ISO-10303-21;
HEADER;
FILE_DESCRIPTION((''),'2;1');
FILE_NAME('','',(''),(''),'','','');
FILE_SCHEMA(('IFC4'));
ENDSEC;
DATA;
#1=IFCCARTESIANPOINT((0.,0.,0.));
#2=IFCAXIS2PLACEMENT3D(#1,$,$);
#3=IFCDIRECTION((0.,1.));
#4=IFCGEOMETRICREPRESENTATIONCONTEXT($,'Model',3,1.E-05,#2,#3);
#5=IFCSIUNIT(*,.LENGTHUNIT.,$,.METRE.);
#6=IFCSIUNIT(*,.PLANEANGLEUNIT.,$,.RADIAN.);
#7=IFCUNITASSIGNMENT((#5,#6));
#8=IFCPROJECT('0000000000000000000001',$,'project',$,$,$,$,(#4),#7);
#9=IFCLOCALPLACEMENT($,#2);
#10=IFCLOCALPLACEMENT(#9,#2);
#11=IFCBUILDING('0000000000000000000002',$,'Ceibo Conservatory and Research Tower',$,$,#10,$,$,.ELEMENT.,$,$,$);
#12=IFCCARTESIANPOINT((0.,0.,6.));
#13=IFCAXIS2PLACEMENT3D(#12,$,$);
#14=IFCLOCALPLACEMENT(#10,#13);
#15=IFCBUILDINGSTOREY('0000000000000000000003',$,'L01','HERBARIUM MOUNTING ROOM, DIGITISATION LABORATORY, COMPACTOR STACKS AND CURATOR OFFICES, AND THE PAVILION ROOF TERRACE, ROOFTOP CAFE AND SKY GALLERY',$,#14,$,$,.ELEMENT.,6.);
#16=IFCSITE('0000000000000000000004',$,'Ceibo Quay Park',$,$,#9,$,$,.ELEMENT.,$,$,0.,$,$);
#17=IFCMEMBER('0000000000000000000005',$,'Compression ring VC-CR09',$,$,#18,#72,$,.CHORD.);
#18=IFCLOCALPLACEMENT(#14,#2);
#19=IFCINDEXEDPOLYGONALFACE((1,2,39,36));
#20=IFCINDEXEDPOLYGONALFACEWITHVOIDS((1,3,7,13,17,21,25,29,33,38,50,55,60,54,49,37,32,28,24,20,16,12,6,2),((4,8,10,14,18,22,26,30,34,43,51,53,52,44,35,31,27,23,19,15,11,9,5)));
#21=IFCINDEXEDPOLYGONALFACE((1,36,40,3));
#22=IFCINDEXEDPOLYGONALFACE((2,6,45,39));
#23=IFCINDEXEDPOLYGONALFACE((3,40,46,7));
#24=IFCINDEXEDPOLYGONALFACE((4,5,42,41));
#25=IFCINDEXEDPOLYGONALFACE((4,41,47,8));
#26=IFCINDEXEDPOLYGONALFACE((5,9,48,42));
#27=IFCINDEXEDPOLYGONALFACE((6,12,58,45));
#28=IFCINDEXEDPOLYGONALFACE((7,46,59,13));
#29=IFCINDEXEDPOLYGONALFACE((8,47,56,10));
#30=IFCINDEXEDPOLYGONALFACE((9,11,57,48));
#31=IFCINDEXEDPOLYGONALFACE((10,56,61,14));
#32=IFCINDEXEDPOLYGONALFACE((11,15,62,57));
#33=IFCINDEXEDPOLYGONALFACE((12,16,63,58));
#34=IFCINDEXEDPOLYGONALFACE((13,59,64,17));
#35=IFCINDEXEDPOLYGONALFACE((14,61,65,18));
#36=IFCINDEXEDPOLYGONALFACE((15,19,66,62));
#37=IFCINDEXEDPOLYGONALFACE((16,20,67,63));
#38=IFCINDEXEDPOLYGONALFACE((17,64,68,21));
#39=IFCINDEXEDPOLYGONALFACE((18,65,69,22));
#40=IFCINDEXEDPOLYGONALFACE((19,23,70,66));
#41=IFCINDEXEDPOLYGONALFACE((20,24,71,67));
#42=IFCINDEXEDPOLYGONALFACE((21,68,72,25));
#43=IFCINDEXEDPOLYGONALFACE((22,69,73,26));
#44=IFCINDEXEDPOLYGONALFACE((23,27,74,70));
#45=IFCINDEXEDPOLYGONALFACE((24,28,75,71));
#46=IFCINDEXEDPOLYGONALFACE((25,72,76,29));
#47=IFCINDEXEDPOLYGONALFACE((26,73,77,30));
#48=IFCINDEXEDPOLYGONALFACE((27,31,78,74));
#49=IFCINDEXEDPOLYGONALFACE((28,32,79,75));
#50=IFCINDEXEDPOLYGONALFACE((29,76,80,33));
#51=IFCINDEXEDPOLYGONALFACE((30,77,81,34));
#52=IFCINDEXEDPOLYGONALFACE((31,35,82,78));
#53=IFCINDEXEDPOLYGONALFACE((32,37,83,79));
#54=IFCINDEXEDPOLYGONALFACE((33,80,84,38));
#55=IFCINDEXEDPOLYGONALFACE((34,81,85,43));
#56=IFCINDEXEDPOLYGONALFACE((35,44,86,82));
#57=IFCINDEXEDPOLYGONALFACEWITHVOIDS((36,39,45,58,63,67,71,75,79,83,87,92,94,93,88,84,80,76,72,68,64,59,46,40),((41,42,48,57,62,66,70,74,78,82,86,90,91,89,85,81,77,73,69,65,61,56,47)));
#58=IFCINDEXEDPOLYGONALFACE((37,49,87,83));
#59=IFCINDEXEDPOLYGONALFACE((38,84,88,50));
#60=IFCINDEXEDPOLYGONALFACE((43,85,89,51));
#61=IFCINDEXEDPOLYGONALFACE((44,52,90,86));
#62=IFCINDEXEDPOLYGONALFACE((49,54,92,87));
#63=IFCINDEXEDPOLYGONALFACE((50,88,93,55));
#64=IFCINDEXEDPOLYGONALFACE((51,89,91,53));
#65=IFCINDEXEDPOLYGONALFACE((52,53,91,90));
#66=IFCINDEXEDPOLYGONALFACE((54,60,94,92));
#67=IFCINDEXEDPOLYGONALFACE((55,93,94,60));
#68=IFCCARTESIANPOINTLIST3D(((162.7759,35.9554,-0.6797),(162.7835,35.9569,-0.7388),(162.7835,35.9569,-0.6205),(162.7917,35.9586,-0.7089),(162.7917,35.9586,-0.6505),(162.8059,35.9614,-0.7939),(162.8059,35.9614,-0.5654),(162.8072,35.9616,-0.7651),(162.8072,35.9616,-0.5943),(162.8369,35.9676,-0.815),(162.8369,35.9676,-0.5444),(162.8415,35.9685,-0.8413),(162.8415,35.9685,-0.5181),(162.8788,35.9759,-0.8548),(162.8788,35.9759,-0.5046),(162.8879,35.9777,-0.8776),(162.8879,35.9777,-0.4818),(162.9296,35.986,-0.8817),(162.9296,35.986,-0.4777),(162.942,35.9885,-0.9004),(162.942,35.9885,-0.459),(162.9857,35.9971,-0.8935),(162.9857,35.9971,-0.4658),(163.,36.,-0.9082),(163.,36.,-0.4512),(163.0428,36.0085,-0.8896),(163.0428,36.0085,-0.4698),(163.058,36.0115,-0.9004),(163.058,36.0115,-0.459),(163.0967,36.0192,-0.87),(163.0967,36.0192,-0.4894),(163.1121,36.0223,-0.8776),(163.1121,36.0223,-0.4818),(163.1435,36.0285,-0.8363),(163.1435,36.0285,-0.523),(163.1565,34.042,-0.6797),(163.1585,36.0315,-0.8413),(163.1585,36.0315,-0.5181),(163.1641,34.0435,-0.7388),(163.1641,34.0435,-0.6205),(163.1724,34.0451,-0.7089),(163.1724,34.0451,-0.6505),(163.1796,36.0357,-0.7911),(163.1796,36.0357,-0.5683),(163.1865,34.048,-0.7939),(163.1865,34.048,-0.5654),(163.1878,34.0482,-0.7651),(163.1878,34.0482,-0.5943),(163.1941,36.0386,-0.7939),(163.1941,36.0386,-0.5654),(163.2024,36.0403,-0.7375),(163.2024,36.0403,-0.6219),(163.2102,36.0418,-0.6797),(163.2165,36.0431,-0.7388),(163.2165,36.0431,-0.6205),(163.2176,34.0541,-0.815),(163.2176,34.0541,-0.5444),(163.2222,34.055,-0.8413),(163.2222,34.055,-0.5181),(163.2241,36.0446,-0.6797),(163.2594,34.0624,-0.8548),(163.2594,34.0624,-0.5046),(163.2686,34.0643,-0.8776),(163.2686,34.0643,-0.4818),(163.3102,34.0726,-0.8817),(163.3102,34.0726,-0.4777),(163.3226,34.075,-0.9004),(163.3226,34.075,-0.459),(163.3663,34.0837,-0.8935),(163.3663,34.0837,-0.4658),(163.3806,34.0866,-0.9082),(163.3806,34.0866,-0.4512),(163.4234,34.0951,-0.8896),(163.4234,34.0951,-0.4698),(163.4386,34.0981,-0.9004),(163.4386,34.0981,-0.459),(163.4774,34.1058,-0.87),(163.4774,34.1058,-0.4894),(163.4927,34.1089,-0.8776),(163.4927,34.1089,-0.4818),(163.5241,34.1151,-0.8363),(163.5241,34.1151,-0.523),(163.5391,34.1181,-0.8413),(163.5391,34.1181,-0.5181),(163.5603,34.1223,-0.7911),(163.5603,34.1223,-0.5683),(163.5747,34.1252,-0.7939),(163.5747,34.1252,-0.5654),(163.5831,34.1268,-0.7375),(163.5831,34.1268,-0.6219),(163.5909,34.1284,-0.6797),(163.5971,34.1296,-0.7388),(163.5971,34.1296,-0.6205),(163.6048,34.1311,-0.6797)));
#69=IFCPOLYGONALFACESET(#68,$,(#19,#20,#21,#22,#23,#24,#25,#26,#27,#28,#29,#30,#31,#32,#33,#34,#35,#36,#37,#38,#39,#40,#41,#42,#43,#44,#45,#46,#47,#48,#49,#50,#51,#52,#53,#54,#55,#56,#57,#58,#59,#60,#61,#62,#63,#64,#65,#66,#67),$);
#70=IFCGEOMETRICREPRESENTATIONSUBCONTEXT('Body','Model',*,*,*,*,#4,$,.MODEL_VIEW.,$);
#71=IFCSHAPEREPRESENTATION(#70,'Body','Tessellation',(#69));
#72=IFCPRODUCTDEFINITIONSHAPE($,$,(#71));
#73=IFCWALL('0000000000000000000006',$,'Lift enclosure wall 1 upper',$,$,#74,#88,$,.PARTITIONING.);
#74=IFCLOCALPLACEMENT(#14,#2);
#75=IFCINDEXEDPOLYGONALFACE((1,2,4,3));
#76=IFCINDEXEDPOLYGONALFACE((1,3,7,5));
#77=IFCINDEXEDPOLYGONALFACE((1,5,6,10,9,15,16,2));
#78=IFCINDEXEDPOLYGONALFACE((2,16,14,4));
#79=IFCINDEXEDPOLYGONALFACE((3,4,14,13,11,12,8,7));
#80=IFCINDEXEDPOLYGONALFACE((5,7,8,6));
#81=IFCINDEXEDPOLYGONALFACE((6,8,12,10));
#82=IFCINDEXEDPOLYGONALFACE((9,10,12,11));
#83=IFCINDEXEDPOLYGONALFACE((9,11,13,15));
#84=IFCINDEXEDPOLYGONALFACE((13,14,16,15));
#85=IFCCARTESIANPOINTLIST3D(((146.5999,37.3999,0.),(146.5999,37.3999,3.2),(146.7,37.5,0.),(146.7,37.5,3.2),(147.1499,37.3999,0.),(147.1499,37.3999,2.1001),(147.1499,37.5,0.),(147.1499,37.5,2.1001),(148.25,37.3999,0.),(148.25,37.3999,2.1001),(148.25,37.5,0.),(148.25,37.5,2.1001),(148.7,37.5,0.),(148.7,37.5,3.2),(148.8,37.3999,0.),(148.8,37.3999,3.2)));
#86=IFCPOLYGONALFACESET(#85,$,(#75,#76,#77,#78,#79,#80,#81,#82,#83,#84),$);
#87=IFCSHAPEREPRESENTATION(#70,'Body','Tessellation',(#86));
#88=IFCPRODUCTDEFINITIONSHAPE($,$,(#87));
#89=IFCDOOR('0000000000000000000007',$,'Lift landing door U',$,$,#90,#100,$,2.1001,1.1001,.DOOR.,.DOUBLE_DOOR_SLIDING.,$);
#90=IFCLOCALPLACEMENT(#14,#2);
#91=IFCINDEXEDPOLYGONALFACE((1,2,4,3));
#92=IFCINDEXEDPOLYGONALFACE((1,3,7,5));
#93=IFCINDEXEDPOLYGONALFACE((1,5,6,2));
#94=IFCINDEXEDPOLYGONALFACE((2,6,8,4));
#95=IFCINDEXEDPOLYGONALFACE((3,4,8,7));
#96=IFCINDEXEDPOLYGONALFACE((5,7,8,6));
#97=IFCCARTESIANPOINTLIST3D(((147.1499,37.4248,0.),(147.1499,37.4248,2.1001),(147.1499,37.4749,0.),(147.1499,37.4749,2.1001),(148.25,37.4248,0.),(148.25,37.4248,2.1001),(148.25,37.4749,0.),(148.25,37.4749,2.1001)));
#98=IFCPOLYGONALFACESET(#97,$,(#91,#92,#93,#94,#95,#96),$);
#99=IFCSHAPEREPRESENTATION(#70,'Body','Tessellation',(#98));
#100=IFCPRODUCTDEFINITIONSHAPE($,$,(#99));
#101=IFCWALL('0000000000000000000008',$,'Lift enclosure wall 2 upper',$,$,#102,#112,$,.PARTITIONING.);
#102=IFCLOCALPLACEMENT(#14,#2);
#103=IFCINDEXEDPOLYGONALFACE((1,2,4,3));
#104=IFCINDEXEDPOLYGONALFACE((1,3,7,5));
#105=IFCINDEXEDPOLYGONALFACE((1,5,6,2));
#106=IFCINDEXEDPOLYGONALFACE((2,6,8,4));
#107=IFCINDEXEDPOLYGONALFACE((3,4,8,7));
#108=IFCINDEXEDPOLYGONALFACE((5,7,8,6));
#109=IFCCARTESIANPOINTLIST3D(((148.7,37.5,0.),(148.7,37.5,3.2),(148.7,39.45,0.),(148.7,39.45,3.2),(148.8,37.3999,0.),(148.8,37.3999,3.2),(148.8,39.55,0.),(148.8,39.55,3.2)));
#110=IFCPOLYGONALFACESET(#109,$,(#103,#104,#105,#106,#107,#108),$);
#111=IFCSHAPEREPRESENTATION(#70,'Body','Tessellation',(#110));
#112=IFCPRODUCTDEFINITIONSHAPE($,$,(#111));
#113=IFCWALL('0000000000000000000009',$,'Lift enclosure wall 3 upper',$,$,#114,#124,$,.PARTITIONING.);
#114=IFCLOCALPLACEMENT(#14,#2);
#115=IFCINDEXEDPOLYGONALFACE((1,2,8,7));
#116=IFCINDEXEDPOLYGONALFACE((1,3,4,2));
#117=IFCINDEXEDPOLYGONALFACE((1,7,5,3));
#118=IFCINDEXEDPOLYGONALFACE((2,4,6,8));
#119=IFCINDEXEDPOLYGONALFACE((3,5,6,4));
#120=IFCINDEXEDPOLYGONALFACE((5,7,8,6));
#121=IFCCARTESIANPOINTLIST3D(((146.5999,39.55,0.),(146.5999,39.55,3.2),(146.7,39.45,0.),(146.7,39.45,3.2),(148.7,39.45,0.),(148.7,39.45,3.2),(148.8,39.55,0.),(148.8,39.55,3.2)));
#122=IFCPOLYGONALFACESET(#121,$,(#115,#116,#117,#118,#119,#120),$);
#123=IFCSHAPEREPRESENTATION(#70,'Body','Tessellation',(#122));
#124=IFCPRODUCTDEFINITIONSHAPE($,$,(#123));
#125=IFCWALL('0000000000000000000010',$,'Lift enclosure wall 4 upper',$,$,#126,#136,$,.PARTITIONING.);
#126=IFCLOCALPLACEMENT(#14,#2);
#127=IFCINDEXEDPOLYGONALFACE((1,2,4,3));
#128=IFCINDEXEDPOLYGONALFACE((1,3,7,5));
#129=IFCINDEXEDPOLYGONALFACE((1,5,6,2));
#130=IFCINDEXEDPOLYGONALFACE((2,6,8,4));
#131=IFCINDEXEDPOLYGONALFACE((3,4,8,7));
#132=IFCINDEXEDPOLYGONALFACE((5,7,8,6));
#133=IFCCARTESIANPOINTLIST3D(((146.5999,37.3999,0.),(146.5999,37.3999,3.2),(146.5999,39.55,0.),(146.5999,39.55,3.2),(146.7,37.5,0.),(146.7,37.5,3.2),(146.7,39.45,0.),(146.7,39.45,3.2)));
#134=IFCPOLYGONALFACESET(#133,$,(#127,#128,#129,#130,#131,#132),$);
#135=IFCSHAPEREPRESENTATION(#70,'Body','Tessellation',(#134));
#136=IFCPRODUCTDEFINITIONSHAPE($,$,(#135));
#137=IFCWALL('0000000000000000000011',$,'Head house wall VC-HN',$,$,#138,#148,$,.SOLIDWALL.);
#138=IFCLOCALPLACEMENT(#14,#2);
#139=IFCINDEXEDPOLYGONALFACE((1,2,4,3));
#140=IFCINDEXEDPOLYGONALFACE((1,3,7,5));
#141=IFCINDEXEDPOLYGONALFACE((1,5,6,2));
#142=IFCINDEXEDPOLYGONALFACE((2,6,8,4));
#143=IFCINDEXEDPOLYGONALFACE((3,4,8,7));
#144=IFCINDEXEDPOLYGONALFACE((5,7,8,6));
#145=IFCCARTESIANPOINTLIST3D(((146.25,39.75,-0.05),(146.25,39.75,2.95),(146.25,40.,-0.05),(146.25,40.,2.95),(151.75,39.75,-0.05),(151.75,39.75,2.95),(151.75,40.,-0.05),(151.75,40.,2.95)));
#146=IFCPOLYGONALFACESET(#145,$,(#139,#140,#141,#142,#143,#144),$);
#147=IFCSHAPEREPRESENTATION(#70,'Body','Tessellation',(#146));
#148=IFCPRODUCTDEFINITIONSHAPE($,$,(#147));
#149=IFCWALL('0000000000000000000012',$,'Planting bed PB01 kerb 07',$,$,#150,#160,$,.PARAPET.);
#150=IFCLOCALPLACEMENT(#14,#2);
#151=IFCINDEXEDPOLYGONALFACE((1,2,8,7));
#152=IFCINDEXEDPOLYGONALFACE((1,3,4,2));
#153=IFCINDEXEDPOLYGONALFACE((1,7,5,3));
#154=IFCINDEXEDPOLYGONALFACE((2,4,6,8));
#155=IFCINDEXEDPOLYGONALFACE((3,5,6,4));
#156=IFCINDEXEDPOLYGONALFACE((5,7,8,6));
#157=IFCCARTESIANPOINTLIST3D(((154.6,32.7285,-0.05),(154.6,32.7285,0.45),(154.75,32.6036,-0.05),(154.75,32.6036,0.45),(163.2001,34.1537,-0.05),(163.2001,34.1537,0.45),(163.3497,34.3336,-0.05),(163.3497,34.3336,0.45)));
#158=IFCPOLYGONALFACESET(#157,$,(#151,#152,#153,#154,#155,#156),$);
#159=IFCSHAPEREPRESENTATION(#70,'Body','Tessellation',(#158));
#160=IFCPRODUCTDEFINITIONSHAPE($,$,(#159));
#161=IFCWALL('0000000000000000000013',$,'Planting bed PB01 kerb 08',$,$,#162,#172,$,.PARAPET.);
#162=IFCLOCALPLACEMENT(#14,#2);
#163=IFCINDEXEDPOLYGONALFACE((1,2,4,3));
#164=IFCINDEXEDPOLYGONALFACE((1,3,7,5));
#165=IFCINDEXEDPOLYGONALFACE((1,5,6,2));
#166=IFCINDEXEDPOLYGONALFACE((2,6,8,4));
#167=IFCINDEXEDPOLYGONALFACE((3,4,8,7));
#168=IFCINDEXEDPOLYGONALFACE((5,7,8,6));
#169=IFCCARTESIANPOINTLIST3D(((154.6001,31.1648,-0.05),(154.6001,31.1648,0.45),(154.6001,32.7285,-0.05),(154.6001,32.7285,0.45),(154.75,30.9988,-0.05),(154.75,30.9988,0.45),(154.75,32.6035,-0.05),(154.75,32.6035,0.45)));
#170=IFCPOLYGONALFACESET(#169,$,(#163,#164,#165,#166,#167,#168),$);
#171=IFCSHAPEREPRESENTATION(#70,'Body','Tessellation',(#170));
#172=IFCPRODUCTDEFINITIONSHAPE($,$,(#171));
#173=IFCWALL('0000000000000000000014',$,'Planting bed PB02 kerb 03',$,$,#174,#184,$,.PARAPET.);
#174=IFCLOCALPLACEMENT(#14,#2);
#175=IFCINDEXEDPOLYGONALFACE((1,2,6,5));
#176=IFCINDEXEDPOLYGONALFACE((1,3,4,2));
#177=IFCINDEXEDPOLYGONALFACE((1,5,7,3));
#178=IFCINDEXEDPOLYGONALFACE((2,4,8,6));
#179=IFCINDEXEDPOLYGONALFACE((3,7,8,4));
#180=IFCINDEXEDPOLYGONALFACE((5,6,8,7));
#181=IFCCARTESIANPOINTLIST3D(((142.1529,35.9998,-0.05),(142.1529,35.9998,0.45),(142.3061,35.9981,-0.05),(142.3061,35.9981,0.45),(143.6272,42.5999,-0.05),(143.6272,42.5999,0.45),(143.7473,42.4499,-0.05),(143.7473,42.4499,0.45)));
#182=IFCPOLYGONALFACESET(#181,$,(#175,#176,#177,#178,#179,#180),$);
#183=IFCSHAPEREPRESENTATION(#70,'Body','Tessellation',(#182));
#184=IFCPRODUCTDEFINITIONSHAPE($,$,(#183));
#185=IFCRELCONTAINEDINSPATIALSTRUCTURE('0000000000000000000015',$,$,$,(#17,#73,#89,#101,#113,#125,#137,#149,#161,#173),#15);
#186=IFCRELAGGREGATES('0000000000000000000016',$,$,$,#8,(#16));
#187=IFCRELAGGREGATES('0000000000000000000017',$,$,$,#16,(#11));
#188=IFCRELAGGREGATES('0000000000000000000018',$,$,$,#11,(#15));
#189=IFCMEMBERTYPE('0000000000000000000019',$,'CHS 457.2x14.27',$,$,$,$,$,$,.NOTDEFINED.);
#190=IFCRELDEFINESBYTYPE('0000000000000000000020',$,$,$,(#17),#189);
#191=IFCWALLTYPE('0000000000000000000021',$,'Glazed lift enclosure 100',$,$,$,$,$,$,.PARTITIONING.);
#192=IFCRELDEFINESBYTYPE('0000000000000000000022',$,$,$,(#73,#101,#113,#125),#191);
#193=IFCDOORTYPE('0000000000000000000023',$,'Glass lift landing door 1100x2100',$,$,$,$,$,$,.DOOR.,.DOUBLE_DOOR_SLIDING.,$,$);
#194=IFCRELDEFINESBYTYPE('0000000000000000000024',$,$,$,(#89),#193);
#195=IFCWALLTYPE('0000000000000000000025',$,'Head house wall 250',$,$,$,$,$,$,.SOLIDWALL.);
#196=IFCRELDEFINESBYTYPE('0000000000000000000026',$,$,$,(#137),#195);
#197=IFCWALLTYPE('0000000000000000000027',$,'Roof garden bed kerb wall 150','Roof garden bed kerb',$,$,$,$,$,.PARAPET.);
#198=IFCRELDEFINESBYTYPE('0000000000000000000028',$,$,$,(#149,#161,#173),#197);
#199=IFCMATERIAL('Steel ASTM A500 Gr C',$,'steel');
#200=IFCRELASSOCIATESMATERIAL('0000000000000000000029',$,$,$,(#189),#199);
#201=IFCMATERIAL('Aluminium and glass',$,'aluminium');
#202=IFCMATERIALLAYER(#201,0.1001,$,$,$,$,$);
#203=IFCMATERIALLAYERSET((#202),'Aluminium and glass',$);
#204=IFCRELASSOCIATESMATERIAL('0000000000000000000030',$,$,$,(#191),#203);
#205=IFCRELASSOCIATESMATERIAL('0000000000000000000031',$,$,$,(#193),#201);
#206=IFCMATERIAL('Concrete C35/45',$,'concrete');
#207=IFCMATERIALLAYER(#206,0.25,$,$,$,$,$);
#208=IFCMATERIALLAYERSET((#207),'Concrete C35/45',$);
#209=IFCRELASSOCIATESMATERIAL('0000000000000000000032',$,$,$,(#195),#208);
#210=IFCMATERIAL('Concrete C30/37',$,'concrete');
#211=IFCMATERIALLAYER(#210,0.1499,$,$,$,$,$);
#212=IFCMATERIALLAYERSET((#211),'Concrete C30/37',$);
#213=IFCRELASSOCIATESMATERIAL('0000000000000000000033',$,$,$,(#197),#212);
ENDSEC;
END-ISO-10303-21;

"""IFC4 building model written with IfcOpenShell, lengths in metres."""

from ifc_helpers import new_model, si_unit, direction, frame, frame_2d, origin, origin_2d, place, context, subcontext, project, spatial, polyline, rectangle, hollow_circle, outline, extrude, material, layer, layer_set, material_profile, profile_set, type_object, element, fill, save


model = new_model("IFC4")

# Units and contexts
model_context = context("Model", 3, precision=1e-05, world=origin(), true_north=direction((0.0, 1.0)))
body_context = subcontext(model_context, "Body", "Model", "MODEL_VIEW")
ifc_project = project(units=[si_unit("LENGTHUNIT", "METRE"), si_unit("PLANEANGLEUNIT", "RADIAN")], contexts=[model_context])

# Site, building, storey
site_placement = place(None, origin())
site = spatial("IfcSite", under=ifc_project, at=site_placement, Name="Ceibo Quay Park", CompositionType="ELEMENT", RefElevation=0.0)
building_placement = place(site_placement, origin())
building = spatial("IfcBuilding", under=site, at=building_placement, Name="Ceibo Conservatory and Research Tower", CompositionType="ELEMENT")
storey_placement = place(building_placement, frame((0.0, 0.0, 6.0)))
storey = spatial("IfcBuildingStorey", under=building, at=storey_placement, Name="L01", Description="HERBARIUM MOUNTING ROOM, DIGITISATION LABORATORY, COMPACTOR STACKS AND CURATOR OFFICES, AND THE PAVILION ROOF TERRACE, ROOFTOP CAFE AND SKY GALLERY", CompositionType="ELEMENT", Elevation=6.0)

# Member
ifc_material_1 = material(Name="Steel ASTM A500 Gr C", Category="steel")
ifc_material_profile = material_profile(ifc_material_1, hollow_circle(Radius=0.2285, WallThickness=0.0142, at=origin_2d()), Name="CHS 457.2x14.27")
ifc_profile_set = profile_set([ifc_material_profile], Name="Steel ASTM A500 Gr C")
member_type = type_object("IfcMemberType", Name="CHS 457.2x14.27", PredefinedType="NOTDEFINED", material=ifc_profile_set)
member_placement = place(storey_placement, frame((163.0, 36.0, -0.6797), z_axis=(0.195105, -0.980782, 0.0), x_axis=(0.980782, 0.195105, 0.0)))
element("IfcMember", 1, at=member_placement, inside=storey, type_object=member_type, Name="Compression ring VC-CR09", PredefinedType="CHORD", context=body_context, shape_type="SweptSolid", body=[
    extrude(hollow_circle(Radius=0.2285, WallThickness=0.0142, at=origin_2d()), origin(), (0.0, 0.0, 1.0), 1.9509),
])

# Wall, opening, door
ifc_material_2 = material(Name="Aluminium and glass", Category="aluminium")
ifc_layer_1 = layer(ifc_material_2, 0.1001)
ifc_layer_set_1 = layer_set([ifc_layer_1], Name="Aluminium and glass")
wall_type_1 = type_object("IfcWallType", Name="Glazed lift enclosure 100", PredefinedType="PARTITIONING", material=ifc_layer_set_1)
wall_1_placement = place(storey_placement, frame((146.6499, 37.45, 0.0), z_axis=(0.0, 0.0, 1.0), x_axis=(1.0, 0.0, 0.0)))
wall_1 = element("IfcWall", 2, at=wall_1_placement, inside=storey, type_object=wall_type_1, Name="Lift enclosure wall 1 upper", PredefinedType="PARTITIONING", context=body_context, shape_type="SweptSolid", body=[
    extrude(outline(polyline([(-0.05, -0.05), (2.1501, -0.05), (2.05, 0.05), (0.05, 0.05), (-0.05, -0.05)])), origin(), (0.0, 0.0, 1.0), 3.2),
])
opening_placement = place(wall_1_placement, frame((0.5, 0.0, 0.0)))
opening = element("IfcOpeningElement", 3, at=opening_placement, cuts=wall_1, PredefinedType="OPENING", context=body_context, shape_type="SweptSolid", body=[
    extrude(rectangle(XDim=1.1001, YDim=2.1001, at=frame_2d((0.55, 1.05))), frame((0.0, 0.0601, 0.0), z_axis=(0.0, -1.0, 0.0), x_axis=(1.0, 0.0, 0.0)), (0.0, 0.0, 1.0), 0.1201),
])
door_type = type_object("IfcDoorType", Name="Glass lift landing door 1100x2100", OperationType="DOUBLE_DOOR_SLIDING", PredefinedType="DOOR", material=ifc_material_2)
door_placement = place(opening_placement, origin())
door = element("IfcDoor", 4, at=door_placement, inside=storey, type_object=door_type, Name="Lift landing door U", OperationType="DOUBLE_DOOR_SLIDING", OverallHeight=2.1001, OverallWidth=1.1001, PredefinedType="DOOR", context=body_context, shape_type="SweptSolid", body=[
    extrude(rectangle(XDim=1.1001, YDim=2.1001, at=frame_2d((0.55, 1.05))), frame((0.0, 0.0249, 0.0), z_axis=(0.0, -1.0, 0.0), x_axis=(1.0, 0.0, 0.0)), (0.0, 0.0, 1.0), 0.05),
])
fill(opening, door)

# Walls
wall_2_placement = place(storey_placement, frame((148.75, 37.45, 0.0), z_axis=(0.0, 0.0, 1.0), x_axis=(0.0, 1.0, 0.0)))
element("IfcWall", 5, at=wall_2_placement, inside=storey, type_object=wall_type_1, Name="Lift enclosure wall 2 upper", PredefinedType="PARTITIONING", context=body_context, shape_type="SweptSolid", body=[
    extrude(outline(polyline([(-0.05, -0.05), (2.1001, -0.05), (2.0, 0.05), (0.05, 0.05), (-0.05, -0.05)])), origin(), (0.0, 0.0, 1.0), 3.2),
])
wall_3_placement = place(storey_placement, frame((148.75, 39.5, 0.0), z_axis=(0.0, 0.0, 1.0), x_axis=(-1.0, 0.0, 0.0)))
element("IfcWall", 6, at=wall_3_placement, inside=storey, type_object=wall_type_1, Name="Lift enclosure wall 3 upper", PredefinedType="PARTITIONING", context=body_context, shape_type="SweptSolid", body=[
    extrude(outline(polyline([(-0.05, -0.05), (2.1501, -0.05), (2.05, 0.05), (0.05, 0.05), (-0.05, -0.05)])), origin(), (0.0, 0.0, 1.0), 3.2),
])
wall_4_placement = place(storey_placement, frame((146.6499, 39.5, 0.0), z_axis=(0.0, 0.0, 1.0), x_axis=(0.0, -1.0, 0.0)))
element("IfcWall", 7, at=wall_4_placement, inside=storey, type_object=wall_type_1, Name="Lift enclosure wall 4 upper", PredefinedType="PARTITIONING", context=body_context, shape_type="SweptSolid", body=[
    extrude(outline(polyline([(-0.05, -0.05), (2.1001, -0.05), (2.0, 0.05), (0.05, 0.05), (-0.05, -0.05)])), origin(), (0.0, 0.0, 1.0), 3.2),
])
ifc_material_3 = material(Name="Concrete C35/45", Category="concrete")
ifc_layer_2 = layer(ifc_material_3, 0.25)
ifc_layer_set_2 = layer_set([ifc_layer_2], Name="Concrete C35/45")
wall_type_2 = type_object("IfcWallType", Name="Head house wall 250", PredefinedType="SOLIDWALL", material=ifc_layer_set_2)
wall_5_placement = place(storey_placement, frame((146.25, 39.875, -0.05), z_axis=(0.0, 0.0, 1.0), x_axis=(1.0, 0.0, 0.0)))
element("IfcWall", 8, at=wall_5_placement, inside=storey, type_object=wall_type_2, Name="Head house wall VC-HN", PredefinedType="SOLIDWALL", context=body_context, shape_type="SweptSolid", body=[
    extrude(rectangle(XDim=5.5, YDim=0.25, at=frame_2d((2.75, 0.0))), origin(), (0.0, 0.0, 1.0), 3.0),
])
ifc_material_4 = material(Name="Concrete C30/37", Category="concrete")
ifc_layer_3 = layer(ifc_material_4, 0.1499)
ifc_layer_set_3 = layer_set([ifc_layer_3], Name="Concrete C30/37")
wall_type_3 = type_object("IfcWallType", Name="Roof garden bed kerb wall 150", Description="Roof garden bed kerb", PredefinedType="PARAPET", material=ifc_layer_set_3)
wall_6_placement = place(storey_placement, frame((163.2749, 34.2437, -0.05), z_axis=(0.0, 0.0, 1.0), x_axis=(-0.983586, -0.180438, 0.0)))
element("IfcWall", 9, at=wall_6_placement, inside=storey, type_object=wall_type_3, Name="Planting bed PB01 kerb 07", PredefinedType="PARAPET", context=body_context, shape_type="SweptSolid", body=[
    extrude(outline(polyline([(-0.0898, -0.075), (8.8059, -0.075), (8.6809, 0.075), (0.0898, 0.075), (-0.0898, -0.075)])), origin(), (0.0, 0.0, 1.0), 0.5),
])
wall_7_placement = place(storey_placement, frame((154.675, 32.666, -0.05), z_axis=(0.0, 0.0, 1.0), x_axis=(0.0, -1.0, 0.0)))
element("IfcWall", 10, at=wall_7_placement, inside=storey, type_object=wall_type_3, Name="Planting bed PB01 kerb 08", PredefinedType="PARAPET", context=body_context, shape_type="SweptSolid", body=[
    extrude(outline(polyline([(-0.0625, -0.075), (1.5012, -0.075), (1.6672, 0.075), (0.0625, 0.075), (-0.0625, -0.075)])), origin(), (0.0, 0.0, 1.0), 0.5),
])
wall_8_placement = place(storey_placement, frame((143.6873, 42.5249, -0.05), z_axis=(0.0, 0.0, 1.0), x_axis=(-0.218009, -0.975947, 0.0)))
element("IfcWall", 11, at=wall_8_placement, inside=storey, type_object=wall_type_3, Name="Planting bed PB02 kerb 03", PredefinedType="PARAPET", context=body_context, shape_type="SweptSolid", body=[
    extrude(outline(polyline([(-0.0601, -0.075), (6.7026, -0.075), (6.6709, 0.075), (0.0601, 0.075), (-0.0601, -0.075)])), origin(), (0.0, 0.0, 1.0), 0.5),
])

save(model, "model.ifc")
